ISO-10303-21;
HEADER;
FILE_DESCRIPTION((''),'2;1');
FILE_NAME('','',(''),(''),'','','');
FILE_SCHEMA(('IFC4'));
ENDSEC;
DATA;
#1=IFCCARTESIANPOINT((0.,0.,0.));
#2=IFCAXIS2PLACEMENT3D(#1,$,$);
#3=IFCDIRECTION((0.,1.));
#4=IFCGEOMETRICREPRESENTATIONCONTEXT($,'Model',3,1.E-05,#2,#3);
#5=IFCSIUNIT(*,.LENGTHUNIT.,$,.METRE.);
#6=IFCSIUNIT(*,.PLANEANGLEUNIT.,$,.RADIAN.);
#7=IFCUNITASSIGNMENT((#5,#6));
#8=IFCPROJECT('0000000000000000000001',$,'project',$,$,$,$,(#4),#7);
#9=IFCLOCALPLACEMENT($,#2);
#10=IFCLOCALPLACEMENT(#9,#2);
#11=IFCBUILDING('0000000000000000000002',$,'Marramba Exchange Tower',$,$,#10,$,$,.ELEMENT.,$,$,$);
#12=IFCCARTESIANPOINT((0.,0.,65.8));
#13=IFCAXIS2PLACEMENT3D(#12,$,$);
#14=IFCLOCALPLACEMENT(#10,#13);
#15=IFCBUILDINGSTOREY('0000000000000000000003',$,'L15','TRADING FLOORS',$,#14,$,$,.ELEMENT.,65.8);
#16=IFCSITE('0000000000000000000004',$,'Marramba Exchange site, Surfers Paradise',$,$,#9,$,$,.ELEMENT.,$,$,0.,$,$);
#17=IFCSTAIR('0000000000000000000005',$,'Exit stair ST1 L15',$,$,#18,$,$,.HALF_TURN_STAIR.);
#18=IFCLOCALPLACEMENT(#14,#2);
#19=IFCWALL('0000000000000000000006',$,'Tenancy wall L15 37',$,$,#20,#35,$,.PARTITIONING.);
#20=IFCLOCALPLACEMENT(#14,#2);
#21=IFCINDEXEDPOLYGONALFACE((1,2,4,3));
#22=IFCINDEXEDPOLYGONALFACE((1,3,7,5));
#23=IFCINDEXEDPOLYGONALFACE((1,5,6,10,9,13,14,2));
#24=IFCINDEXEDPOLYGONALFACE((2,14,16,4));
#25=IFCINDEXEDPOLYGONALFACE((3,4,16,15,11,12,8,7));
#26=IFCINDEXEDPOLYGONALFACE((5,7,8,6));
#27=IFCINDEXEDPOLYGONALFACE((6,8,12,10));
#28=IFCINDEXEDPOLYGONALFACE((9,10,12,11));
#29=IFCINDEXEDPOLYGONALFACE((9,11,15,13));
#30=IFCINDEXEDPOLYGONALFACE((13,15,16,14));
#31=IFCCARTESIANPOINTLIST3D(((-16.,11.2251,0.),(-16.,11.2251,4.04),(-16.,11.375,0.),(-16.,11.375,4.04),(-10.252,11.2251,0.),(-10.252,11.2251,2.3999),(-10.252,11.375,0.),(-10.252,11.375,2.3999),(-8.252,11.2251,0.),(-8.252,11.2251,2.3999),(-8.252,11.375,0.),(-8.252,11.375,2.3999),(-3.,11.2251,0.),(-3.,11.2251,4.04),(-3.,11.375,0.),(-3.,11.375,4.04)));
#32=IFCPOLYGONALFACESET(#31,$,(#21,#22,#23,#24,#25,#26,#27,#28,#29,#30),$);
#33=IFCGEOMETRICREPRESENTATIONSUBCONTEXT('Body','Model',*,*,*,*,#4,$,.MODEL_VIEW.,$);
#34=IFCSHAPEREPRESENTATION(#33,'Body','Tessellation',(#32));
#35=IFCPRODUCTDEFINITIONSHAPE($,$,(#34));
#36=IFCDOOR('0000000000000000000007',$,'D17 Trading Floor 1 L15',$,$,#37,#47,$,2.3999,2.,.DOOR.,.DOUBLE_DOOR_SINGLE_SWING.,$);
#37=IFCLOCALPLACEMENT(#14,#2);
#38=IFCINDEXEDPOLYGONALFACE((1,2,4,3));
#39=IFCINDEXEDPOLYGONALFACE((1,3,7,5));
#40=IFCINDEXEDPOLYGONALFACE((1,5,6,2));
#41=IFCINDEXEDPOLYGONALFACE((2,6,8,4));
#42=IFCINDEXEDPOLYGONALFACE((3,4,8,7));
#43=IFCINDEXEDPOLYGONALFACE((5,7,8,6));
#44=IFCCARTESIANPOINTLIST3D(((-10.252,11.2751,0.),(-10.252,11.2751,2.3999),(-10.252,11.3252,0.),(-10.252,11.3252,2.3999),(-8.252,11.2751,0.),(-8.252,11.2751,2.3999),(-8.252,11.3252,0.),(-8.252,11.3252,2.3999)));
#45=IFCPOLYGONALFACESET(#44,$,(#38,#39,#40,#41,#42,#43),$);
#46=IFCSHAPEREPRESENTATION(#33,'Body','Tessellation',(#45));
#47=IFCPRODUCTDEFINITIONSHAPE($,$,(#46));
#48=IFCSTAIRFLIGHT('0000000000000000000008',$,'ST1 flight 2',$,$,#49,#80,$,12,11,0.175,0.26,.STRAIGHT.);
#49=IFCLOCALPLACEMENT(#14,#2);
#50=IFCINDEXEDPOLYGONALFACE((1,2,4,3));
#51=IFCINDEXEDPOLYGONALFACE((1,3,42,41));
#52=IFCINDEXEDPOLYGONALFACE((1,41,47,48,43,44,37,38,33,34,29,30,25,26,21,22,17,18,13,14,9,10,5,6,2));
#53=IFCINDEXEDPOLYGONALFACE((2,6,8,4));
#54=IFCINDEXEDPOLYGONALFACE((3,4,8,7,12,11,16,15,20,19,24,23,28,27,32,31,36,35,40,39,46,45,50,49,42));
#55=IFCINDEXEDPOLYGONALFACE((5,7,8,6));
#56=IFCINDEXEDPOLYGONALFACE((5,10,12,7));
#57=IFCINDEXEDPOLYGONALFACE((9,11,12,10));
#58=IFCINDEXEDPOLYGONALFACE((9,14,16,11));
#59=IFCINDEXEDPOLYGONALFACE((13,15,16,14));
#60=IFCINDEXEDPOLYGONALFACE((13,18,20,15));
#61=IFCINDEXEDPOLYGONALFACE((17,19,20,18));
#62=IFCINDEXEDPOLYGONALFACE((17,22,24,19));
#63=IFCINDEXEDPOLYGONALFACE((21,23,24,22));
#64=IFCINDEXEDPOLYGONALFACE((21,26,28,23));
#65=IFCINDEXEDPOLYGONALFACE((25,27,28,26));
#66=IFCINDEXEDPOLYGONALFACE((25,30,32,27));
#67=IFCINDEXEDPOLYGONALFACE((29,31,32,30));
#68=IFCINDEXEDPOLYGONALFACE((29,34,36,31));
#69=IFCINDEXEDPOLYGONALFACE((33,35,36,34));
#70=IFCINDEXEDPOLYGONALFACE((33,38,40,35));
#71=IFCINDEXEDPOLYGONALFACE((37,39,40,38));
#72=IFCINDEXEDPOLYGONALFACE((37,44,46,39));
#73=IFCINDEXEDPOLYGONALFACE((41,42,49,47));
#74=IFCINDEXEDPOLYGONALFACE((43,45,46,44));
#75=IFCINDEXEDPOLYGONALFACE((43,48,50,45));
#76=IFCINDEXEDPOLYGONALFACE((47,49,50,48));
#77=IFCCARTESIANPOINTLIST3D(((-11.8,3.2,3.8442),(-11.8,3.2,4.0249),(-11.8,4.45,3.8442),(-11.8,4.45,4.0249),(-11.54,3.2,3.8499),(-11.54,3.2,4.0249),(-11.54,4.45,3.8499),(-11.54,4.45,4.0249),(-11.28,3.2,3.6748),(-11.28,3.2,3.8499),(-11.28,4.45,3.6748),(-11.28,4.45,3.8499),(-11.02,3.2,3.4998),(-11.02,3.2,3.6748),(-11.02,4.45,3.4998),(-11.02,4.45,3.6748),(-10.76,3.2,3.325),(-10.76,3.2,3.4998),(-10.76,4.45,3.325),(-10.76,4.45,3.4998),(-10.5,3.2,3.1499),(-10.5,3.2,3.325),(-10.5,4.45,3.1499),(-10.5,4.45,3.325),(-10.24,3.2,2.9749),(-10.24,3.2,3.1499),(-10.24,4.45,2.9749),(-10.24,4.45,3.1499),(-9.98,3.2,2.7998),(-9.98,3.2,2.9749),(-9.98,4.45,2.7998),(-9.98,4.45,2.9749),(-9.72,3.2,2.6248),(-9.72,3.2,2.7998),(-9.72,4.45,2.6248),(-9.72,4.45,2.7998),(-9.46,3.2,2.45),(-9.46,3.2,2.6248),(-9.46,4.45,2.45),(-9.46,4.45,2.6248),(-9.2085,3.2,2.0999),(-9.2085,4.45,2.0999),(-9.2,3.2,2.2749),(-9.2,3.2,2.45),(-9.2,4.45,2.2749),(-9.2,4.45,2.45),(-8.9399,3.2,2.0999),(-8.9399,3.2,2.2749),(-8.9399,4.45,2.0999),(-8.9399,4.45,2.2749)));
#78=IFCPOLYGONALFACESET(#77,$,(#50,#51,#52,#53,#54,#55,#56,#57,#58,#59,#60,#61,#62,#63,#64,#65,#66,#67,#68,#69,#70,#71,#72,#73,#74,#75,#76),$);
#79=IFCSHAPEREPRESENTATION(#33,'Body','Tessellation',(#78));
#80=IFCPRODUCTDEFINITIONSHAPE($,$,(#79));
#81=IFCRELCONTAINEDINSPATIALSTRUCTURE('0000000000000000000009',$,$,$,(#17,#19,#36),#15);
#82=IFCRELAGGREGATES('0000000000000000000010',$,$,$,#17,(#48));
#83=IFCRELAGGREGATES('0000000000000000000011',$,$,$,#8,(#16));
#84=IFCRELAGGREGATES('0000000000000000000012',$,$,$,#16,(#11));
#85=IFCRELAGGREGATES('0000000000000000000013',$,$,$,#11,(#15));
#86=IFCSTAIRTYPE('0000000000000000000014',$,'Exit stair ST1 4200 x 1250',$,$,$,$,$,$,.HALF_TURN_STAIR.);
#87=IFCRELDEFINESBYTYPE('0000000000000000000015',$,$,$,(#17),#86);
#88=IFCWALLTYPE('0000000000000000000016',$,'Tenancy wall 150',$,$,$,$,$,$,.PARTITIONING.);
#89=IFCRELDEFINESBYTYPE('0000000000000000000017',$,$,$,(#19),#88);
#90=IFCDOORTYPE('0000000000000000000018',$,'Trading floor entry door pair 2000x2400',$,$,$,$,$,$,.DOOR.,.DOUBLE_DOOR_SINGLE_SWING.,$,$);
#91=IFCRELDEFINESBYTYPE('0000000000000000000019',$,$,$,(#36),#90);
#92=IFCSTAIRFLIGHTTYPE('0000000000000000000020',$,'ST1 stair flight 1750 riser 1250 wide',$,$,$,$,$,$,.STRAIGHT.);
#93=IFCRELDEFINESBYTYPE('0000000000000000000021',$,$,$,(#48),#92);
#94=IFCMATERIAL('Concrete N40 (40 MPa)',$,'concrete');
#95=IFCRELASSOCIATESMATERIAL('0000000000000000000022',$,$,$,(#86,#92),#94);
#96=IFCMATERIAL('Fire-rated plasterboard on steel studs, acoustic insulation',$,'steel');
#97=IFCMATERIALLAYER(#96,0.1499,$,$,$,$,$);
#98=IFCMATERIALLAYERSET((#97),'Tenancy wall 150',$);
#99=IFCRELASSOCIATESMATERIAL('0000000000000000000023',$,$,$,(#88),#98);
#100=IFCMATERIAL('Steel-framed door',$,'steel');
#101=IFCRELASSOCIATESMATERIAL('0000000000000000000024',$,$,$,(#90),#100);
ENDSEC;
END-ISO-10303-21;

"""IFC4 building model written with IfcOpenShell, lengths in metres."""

from ifc_helpers import new_model, si_unit, direction, frame, frame_2d, origin, place, context, subcontext, project, spatial, polyline, rectangle, outline, extrude, material, layer, layer_set, type_object, element, fill, aggregate, save


model = new_model("IFC4")

# Units and contexts
model_context = context("Model", 3, precision=1e-05, world=origin(), true_north=direction((0.0, 1.0)))
body_context = subcontext(model_context, "Body", "Model", "MODEL_VIEW")
ifc_project = project(units=[si_unit("LENGTHUNIT", "METRE"), si_unit("PLANEANGLEUNIT", "RADIAN")], contexts=[model_context])

# Site, building, storey
site_placement = place(None, origin())
site = spatial("IfcSite", under=ifc_project, at=site_placement, Name="Marramba Exchange site, Surfers Paradise", CompositionType="ELEMENT", RefElevation=0.0)
building_placement = place(site_placement, origin())
building = spatial("IfcBuilding", under=site, at=building_placement, Name="Marramba Exchange Tower", CompositionType="ELEMENT")
storey_placement = place(building_placement, frame((0.0, 0.0, 65.8)))
storey = spatial("IfcBuildingStorey", under=building, at=storey_placement, Name="L15", Description="TRADING FLOORS", CompositionType="ELEMENT", Elevation=65.8)

# Stair
ifc_material_1 = material(Name="Concrete N40 (40 MPa)", Category="concrete")
stair_type_1 = type_object("IfcStairType", Name="Exit stair ST1 4200 x 1250", PredefinedType="HALF_TURN_STAIR", material=ifc_material_1)
stair_1_placement = place(storey_placement, origin())
stair_1 = element("IfcStair", 1, at=stair_1_placement, inside=storey, type_object=stair_type_1, Name="Exit stair ST1 L15", PredefinedType="HALF_TURN_STAIR")

# Wall, opening, door
ifc_material_2 = material(Name="Fire-rated plasterboard on steel studs, acoustic insulation", Category="steel")
ifc_layer_1 = layer(ifc_material_2, 0.1499)
ifc_layer_set_1 = layer_set([ifc_layer_1], Name="Tenancy wall 150")
wall_type_1 = type_object("IfcWallType", Name="Tenancy wall 150", PredefinedType="PARTITIONING", material=ifc_layer_set_1)
wall_1_placement = place(storey_placement, frame((-3.0, 11.3, 0.0), z_axis=(0.0, 0.0, 1.0), x_axis=(-1.0, 0.0, 0.0)))
wall_1 = element("IfcWall", 2, at=wall_1_placement, inside=storey, type_object=wall_type_1, Name="Tenancy wall L15 37", PredefinedType="PARTITIONING", context=body_context, shape_type="SweptSolid", body=[
    extrude(rectangle(XDim=13.0, YDim=0.1499, at=frame_2d((6.5, 0.0))), origin(), (0.0, 0.0, 1.0), 4.04),
])
opening_1_placement = place(wall_1_placement, frame((5.252, 0.0, 0.0)))
opening_1 = element("IfcOpeningElement", 3, at=opening_1_placement, cuts=wall_1, PredefinedType="OPENING", context=body_context, shape_type="SweptSolid", body=[
    extrude(rectangle(XDim=2.0, YDim=2.3999, at=frame_2d((1.0, 1.2))), frame((0.0, 0.085, 0.0), z_axis=(0.0, -1.0, 0.0), x_axis=(1.0, 0.0, 0.0)), (0.0, 0.0, 1.0), 0.1699),
])
ifc_material_3 = material(Name="Steel-framed door", Category="steel")
door_type_1 = type_object("IfcDoorType", Name="Trading floor entry door pair 2000x2400", OperationType="DOUBLE_DOOR_SINGLE_SWING", PredefinedType="DOOR", material=ifc_material_3)
door_1_placement = place(opening_1_placement, origin())
door_1 = element("IfcDoor", 4, at=door_1_placement, inside=storey, type_object=door_type_1, Name="D17 Trading Floor 1 L15", OperationType="DOUBLE_DOOR_SINGLE_SWING", OverallHeight=2.3999, OverallWidth=2.0, PredefinedType="DOOR", context=body_context, shape_type="SweptSolid", body=[
    extrude(rectangle(XDim=2.0, YDim=2.3999, at=frame_2d((1.0, 1.2))), frame((0.0, 0.0249, 0.0), z_axis=(0.0, -1.0, 0.0), x_axis=(1.0, 0.0, 0.0)), (0.0, 0.0, 1.0), 0.05),
])
fill(opening_1, door_1)

# Stair flight
stair_flight_type = type_object("IfcStairFlightType", Name="ST1 stair flight 1750 riser 1250 wide", PredefinedType="STRAIGHT", material=ifc_material_1)
stair_flight_placement = place(storey_placement, frame((-8.9399, 3.825, 2.0999), z_axis=(0.0, 0.0, 1.0), x_axis=(-1.0, 0.0, 0.0)))
stair_flight = element("IfcStairFlight", 5, at=stair_flight_placement, type_object=stair_flight_type, Name="ST1 flight 2", NumberOfRisers=12, NumberOfTreads=11, PredefinedType="STRAIGHT", RiserHeight=0.175, TreadLength=0.26, context=body_context, shape_type="SweptSolid", body=[
    extrude(outline(polyline([(0.0, 0.0), (0.0, 0.175), (0.26, 0.175), (0.26, 0.3501), (0.52, 0.3501), (0.52, 0.5249), (0.78, 0.5249), (0.78, 0.7), (1.04, 0.7), (1.04, 0.875), (1.3, 0.875), (1.3, 1.05), (1.5601, 1.05), (1.5601, 1.2251), (1.8201, 1.2251), (1.8201, 1.3999), (2.0801, 1.3999), (2.0801, 1.575), (2.3401, 1.575), (2.3401, 1.75), (2.6001, 1.75), (2.6001, 1.925), (2.8601, 1.925), (2.8601, 2.1001), (2.8601, 1.7444), (0.2686, 0.0), (0.0, 0.0)])), frame((0.0, 0.625, 0.0), z_axis=(0.0, -1.0, 0.0), x_axis=(1.0, 0.0, 0.0)), (0.0, 0.0, 1.0), 1.25),
])
aggregate(stair_1, [stair_flight])

save(model, "model.ifc")
